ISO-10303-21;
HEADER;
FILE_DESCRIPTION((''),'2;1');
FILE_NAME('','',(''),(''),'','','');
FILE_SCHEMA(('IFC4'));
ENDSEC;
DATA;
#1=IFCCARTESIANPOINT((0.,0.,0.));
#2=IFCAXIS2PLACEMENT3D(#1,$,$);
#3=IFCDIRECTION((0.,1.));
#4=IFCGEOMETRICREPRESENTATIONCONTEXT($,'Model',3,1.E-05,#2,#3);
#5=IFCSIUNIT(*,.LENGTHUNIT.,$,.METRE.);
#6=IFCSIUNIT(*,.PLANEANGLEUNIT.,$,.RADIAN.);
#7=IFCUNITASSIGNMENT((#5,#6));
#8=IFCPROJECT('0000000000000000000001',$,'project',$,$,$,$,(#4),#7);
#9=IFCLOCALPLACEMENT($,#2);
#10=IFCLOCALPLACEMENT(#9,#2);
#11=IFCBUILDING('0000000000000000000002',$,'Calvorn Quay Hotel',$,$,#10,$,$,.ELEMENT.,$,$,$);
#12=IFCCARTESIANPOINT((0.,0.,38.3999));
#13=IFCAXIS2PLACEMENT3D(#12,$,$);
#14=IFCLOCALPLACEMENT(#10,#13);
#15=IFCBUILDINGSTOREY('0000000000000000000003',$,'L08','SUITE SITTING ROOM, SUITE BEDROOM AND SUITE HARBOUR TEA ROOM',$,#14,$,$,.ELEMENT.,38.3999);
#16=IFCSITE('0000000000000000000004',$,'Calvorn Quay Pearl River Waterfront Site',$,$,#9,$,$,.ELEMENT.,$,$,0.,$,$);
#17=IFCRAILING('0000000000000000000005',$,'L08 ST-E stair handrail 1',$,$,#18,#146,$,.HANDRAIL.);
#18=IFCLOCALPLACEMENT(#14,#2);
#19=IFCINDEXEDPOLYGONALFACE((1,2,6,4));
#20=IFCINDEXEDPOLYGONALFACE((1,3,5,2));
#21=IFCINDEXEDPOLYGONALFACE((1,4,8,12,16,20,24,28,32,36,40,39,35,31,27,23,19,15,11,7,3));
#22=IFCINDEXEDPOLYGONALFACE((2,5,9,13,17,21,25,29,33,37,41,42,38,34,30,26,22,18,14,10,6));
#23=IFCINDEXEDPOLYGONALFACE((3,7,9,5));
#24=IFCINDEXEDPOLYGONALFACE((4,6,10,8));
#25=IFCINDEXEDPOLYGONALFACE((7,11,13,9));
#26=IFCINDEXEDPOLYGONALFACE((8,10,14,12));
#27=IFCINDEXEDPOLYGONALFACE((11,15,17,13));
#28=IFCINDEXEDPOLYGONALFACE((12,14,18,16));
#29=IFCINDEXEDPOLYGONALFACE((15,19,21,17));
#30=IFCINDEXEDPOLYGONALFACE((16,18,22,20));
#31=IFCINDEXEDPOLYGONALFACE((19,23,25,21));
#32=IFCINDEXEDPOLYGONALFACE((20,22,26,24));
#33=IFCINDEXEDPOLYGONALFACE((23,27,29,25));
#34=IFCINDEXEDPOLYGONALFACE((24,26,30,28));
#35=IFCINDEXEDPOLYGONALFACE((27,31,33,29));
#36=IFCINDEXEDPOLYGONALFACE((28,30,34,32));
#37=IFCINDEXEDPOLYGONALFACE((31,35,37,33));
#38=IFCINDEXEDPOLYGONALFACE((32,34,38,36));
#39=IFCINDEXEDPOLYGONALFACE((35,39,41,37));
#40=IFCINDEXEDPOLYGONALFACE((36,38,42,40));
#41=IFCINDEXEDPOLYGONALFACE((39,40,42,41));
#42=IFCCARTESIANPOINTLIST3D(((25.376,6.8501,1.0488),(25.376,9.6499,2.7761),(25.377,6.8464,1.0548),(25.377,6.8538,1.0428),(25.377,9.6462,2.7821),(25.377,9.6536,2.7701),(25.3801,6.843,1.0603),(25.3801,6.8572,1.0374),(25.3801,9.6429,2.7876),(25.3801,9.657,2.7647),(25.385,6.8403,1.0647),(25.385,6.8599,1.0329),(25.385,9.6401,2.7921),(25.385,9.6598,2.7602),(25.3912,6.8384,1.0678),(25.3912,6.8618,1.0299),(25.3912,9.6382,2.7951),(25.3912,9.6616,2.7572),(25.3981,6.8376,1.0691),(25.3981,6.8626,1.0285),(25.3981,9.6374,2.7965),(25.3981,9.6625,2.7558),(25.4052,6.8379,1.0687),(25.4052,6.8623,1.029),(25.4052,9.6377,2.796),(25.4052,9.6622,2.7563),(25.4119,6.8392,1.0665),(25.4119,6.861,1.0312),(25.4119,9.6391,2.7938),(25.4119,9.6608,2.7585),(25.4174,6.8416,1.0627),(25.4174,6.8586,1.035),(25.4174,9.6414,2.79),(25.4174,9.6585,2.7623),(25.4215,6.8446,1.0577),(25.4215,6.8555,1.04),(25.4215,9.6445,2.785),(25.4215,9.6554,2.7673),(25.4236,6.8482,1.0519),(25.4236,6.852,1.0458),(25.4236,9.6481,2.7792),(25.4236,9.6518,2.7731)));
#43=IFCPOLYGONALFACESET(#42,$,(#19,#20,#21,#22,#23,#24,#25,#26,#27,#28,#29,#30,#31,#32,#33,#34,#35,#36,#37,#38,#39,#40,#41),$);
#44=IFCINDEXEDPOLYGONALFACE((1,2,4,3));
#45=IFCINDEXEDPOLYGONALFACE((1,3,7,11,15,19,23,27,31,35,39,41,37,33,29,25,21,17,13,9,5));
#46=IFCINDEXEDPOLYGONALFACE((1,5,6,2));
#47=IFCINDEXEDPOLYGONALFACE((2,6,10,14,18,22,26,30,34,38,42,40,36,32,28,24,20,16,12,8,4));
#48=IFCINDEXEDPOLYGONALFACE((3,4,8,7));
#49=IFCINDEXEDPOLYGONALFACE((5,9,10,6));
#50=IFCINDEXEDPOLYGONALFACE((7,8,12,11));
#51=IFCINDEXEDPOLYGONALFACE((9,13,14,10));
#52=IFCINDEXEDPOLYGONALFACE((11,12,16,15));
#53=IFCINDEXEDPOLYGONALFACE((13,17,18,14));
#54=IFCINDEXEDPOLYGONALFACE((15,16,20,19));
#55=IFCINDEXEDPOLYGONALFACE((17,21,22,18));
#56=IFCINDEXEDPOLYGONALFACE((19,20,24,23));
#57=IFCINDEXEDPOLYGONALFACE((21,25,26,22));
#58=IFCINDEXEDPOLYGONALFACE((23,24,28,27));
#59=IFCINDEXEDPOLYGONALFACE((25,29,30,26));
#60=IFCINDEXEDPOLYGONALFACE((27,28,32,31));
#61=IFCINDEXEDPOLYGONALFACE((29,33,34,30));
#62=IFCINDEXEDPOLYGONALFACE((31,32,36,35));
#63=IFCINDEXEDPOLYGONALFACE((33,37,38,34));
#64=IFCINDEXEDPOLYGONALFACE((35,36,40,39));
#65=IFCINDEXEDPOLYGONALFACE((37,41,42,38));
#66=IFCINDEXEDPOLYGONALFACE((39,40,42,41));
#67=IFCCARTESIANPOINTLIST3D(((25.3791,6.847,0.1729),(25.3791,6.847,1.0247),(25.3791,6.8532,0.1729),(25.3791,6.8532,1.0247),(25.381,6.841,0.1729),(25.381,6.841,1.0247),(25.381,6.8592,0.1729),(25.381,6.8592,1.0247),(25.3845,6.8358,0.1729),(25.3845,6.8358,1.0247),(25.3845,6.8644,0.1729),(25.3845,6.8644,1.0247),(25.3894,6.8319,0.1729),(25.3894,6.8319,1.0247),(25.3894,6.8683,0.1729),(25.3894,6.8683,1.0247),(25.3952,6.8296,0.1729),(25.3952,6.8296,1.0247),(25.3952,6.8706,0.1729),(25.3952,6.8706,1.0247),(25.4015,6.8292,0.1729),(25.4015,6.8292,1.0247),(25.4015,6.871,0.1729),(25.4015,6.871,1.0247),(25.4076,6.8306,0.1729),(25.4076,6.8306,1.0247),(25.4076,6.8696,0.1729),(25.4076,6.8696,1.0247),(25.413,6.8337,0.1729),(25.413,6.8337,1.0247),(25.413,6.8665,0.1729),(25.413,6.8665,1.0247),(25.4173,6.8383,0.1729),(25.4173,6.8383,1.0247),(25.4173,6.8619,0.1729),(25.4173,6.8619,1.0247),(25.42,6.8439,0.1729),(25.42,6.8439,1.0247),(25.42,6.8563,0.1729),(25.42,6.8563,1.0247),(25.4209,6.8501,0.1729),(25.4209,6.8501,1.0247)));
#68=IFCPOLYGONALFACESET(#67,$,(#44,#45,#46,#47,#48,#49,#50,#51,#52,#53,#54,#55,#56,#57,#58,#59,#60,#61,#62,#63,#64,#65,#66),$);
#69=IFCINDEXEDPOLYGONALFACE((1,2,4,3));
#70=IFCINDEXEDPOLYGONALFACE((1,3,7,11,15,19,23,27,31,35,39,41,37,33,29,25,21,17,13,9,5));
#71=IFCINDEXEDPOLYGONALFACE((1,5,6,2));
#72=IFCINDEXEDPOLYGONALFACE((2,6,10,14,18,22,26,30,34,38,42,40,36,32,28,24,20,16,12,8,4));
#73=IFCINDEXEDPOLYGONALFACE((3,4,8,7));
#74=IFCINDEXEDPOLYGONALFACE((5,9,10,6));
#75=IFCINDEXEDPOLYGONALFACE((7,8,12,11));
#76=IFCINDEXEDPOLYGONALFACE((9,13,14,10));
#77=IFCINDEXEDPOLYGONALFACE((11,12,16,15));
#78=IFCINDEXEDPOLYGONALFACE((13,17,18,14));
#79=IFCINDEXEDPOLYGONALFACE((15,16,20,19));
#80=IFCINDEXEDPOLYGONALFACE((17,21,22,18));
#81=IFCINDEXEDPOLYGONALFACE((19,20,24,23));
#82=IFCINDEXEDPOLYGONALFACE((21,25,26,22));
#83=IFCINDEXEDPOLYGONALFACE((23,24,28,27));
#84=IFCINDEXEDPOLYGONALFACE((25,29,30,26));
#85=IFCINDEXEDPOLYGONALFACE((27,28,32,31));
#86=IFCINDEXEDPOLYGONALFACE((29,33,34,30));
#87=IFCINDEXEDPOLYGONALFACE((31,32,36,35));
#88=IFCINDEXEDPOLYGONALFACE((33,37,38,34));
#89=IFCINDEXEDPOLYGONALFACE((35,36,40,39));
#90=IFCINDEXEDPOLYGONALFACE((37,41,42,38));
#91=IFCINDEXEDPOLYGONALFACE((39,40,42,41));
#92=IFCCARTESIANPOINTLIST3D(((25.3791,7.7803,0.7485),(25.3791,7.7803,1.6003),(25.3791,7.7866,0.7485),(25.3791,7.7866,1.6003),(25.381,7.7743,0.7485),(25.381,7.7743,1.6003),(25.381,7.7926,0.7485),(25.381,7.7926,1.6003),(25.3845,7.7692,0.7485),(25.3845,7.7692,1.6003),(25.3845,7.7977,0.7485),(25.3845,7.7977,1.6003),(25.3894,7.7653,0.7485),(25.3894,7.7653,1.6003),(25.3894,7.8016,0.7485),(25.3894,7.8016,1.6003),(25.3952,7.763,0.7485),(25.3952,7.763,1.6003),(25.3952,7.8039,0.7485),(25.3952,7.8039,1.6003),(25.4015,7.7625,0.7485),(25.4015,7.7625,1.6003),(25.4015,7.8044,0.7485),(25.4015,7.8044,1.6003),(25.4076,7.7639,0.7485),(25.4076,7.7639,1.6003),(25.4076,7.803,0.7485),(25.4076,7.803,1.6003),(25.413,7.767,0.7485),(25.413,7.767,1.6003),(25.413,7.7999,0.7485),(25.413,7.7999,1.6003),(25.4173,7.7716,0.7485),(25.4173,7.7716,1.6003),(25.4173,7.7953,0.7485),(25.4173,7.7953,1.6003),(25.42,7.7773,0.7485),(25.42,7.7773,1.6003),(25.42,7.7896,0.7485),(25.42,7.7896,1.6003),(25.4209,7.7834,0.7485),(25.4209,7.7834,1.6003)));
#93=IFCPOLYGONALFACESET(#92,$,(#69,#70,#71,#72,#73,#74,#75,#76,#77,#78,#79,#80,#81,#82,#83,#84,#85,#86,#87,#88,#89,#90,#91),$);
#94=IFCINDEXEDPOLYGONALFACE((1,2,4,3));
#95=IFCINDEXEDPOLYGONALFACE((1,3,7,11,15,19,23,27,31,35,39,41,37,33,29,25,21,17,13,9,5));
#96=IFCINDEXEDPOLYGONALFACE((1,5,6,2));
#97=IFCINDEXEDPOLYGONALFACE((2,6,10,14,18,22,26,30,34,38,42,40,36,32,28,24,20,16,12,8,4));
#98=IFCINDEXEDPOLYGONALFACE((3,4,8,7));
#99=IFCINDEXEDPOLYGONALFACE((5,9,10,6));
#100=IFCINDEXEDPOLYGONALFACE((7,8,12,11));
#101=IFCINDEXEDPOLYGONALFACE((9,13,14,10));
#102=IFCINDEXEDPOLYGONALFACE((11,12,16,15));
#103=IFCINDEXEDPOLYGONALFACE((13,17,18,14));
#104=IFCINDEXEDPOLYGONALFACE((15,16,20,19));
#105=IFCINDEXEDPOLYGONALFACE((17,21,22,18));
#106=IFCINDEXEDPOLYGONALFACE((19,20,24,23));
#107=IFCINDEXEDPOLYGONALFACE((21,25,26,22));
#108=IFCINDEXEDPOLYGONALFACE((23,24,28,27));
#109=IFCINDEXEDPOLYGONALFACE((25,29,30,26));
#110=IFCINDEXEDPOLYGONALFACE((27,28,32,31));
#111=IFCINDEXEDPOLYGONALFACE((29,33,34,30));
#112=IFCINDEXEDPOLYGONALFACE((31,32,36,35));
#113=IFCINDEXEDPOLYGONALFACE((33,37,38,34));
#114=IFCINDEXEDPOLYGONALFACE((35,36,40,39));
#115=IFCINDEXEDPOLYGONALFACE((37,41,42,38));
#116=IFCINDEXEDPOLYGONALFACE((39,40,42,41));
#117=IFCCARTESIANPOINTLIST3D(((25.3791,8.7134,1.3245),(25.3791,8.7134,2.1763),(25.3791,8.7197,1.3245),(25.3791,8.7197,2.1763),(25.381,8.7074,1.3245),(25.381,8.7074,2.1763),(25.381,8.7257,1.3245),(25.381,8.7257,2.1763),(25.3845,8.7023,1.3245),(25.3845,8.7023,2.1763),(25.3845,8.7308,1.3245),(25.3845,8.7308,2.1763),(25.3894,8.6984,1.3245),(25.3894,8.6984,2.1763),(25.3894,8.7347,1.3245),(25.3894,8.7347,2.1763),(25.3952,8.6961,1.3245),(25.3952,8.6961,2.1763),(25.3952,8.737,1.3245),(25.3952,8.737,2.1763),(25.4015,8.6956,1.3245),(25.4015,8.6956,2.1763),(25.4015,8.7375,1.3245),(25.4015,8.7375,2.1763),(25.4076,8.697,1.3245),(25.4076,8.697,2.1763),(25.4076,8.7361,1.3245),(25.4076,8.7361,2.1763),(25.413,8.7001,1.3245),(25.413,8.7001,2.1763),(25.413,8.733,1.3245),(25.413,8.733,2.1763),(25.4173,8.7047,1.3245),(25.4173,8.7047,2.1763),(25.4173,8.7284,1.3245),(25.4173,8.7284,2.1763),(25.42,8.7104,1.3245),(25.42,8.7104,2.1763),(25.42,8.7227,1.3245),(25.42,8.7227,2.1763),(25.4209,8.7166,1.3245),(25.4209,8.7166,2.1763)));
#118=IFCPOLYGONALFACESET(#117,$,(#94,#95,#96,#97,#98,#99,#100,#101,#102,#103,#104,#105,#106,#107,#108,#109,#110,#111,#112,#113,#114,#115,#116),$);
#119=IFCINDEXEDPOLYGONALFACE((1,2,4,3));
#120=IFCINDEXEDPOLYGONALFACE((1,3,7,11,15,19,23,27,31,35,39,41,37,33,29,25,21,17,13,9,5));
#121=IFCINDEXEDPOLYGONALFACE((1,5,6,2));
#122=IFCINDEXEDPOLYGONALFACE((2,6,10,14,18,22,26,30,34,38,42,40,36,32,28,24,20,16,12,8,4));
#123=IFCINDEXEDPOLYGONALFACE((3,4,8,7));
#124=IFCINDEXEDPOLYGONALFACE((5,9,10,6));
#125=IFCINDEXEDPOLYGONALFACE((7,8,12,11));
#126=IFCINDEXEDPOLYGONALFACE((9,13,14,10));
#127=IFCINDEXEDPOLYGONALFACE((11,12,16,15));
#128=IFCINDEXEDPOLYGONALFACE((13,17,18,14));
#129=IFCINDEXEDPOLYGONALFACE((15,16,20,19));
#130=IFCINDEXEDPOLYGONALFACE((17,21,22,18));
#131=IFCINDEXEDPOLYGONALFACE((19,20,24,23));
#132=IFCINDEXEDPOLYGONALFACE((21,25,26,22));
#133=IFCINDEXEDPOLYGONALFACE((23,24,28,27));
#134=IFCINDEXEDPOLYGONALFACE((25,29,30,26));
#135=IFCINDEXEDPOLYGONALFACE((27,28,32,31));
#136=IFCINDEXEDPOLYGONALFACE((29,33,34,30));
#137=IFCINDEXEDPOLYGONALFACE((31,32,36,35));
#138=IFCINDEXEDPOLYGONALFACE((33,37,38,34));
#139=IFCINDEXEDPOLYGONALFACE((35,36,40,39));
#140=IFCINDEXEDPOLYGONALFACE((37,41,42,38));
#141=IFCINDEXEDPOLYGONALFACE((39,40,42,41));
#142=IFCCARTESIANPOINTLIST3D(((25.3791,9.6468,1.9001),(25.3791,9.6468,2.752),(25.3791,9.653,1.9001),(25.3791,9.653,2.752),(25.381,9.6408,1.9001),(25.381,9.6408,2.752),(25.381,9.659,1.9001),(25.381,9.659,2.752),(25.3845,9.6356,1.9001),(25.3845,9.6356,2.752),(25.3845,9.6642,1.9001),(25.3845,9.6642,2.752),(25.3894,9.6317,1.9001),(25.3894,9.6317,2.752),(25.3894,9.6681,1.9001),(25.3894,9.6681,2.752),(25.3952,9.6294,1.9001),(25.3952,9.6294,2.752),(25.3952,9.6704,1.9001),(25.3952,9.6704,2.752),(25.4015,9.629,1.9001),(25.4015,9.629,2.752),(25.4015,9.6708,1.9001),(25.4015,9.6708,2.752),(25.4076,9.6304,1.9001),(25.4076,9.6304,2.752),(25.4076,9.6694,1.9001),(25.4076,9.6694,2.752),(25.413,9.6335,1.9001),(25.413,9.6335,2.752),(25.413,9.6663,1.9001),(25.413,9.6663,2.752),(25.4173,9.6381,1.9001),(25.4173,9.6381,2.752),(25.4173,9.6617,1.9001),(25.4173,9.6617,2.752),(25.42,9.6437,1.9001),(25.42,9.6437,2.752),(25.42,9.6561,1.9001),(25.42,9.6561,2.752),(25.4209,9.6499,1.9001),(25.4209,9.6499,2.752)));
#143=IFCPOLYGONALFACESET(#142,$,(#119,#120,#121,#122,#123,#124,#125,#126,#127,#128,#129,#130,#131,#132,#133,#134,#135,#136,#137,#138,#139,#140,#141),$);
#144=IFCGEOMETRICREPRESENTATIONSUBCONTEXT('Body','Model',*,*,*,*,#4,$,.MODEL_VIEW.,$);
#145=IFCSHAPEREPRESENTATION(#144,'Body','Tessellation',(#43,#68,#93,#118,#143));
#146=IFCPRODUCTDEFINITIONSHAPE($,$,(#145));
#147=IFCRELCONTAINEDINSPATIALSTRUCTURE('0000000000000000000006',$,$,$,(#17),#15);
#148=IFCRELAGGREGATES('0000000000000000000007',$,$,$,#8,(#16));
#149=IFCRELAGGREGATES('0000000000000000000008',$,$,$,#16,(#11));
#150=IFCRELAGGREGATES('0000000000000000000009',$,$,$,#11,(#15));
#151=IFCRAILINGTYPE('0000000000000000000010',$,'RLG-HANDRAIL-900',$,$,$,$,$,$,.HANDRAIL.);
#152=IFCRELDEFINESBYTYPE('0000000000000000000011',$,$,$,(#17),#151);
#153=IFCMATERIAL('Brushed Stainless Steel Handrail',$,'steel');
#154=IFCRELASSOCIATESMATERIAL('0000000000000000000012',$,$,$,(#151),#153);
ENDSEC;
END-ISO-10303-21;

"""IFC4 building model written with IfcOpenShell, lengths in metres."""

from ifc_helpers import new_model, si_unit, direction, frame, origin, origin_2d, place, context, subcontext, project, spatial, circle, extrude, material, type_object, element, save


model = new_model("IFC4")

# Units and contexts
model_context = context("Model", 3, precision=1e-05, world=origin(), true_north=direction((0.0, 1.0)))
body_context = subcontext(model_context, "Body", "Model", "MODEL_VIEW")
ifc_project = project(units=[si_unit("LENGTHUNIT", "METRE"), si_unit("PLANEANGLEUNIT", "RADIAN")], contexts=[model_context])

# Site, building, storey
site_placement = place(None, origin())
site = spatial("IfcSite", under=ifc_project, at=site_placement, Name="Calvorn Quay Pearl River Waterfront Site", CompositionType="ELEMENT", RefElevation=0.0)
building_placement = place(site_placement, origin())
building = spatial("IfcBuilding", under=site, at=building_placement, Name="Calvorn Quay Hotel", CompositionType="ELEMENT")
storey_placement = place(building_placement, frame((0.0, 0.0, 38.3999)))
storey = spatial("IfcBuildingStorey", under=building, at=storey_placement, Name="L08", Description="SUITE SITTING ROOM, SUITE BEDROOM AND SUITE HARBOUR TEA ROOM", CompositionType="ELEMENT", Elevation=38.3999)

# Railing
ifc_material_1 = material(Name="Brushed Stainless Steel Handrail", Category="steel")
railing_type_1 = type_object("IfcRailingType", Name="RLG-HANDRAIL-900", PredefinedType="HANDRAIL", material=ifc_material_1)
railing_1_placement = place(storey_placement, frame((25.3999, 6.8501, 0.1729)))
element("IfcRailing", 1, at=railing_1_placement, inside=storey, type_object=railing_type_1, Name="L08 ST-E stair handrail 1", PredefinedType="HANDRAIL", context=body_context, shape_type="SweptSolid", body=[
    extrude(circle(Radius=0.0239, at=origin_2d()), frame((0.0, 0.0, 0.876), z_axis=(0.0, 0.851069, 0.525054), x_axis=(-1.0, 0.0, 0.0)), (0.0, 0.0, 1.0), 3.2898),
    extrude(circle(Radius=0.021, at=origin_2d()), origin(), (0.0, 0.0, 1.0), 0.8518),
    extrude(circle(Radius=0.021, at=origin_2d()), frame((0.0, 0.9333, 0.5757)), (0.0, 0.0, 1.0), 0.8518),
    extrude(circle(Radius=0.021, at=origin_2d()), frame((0.0, 1.8665, 1.1516)), (0.0, 0.0, 1.0), 0.8518),
    extrude(circle(Radius=0.021, at=origin_2d()), frame((0.0, 2.7998, 1.7273)), (0.0, 0.0, 1.0), 0.8518),
])

save(model, "model.ifc")
